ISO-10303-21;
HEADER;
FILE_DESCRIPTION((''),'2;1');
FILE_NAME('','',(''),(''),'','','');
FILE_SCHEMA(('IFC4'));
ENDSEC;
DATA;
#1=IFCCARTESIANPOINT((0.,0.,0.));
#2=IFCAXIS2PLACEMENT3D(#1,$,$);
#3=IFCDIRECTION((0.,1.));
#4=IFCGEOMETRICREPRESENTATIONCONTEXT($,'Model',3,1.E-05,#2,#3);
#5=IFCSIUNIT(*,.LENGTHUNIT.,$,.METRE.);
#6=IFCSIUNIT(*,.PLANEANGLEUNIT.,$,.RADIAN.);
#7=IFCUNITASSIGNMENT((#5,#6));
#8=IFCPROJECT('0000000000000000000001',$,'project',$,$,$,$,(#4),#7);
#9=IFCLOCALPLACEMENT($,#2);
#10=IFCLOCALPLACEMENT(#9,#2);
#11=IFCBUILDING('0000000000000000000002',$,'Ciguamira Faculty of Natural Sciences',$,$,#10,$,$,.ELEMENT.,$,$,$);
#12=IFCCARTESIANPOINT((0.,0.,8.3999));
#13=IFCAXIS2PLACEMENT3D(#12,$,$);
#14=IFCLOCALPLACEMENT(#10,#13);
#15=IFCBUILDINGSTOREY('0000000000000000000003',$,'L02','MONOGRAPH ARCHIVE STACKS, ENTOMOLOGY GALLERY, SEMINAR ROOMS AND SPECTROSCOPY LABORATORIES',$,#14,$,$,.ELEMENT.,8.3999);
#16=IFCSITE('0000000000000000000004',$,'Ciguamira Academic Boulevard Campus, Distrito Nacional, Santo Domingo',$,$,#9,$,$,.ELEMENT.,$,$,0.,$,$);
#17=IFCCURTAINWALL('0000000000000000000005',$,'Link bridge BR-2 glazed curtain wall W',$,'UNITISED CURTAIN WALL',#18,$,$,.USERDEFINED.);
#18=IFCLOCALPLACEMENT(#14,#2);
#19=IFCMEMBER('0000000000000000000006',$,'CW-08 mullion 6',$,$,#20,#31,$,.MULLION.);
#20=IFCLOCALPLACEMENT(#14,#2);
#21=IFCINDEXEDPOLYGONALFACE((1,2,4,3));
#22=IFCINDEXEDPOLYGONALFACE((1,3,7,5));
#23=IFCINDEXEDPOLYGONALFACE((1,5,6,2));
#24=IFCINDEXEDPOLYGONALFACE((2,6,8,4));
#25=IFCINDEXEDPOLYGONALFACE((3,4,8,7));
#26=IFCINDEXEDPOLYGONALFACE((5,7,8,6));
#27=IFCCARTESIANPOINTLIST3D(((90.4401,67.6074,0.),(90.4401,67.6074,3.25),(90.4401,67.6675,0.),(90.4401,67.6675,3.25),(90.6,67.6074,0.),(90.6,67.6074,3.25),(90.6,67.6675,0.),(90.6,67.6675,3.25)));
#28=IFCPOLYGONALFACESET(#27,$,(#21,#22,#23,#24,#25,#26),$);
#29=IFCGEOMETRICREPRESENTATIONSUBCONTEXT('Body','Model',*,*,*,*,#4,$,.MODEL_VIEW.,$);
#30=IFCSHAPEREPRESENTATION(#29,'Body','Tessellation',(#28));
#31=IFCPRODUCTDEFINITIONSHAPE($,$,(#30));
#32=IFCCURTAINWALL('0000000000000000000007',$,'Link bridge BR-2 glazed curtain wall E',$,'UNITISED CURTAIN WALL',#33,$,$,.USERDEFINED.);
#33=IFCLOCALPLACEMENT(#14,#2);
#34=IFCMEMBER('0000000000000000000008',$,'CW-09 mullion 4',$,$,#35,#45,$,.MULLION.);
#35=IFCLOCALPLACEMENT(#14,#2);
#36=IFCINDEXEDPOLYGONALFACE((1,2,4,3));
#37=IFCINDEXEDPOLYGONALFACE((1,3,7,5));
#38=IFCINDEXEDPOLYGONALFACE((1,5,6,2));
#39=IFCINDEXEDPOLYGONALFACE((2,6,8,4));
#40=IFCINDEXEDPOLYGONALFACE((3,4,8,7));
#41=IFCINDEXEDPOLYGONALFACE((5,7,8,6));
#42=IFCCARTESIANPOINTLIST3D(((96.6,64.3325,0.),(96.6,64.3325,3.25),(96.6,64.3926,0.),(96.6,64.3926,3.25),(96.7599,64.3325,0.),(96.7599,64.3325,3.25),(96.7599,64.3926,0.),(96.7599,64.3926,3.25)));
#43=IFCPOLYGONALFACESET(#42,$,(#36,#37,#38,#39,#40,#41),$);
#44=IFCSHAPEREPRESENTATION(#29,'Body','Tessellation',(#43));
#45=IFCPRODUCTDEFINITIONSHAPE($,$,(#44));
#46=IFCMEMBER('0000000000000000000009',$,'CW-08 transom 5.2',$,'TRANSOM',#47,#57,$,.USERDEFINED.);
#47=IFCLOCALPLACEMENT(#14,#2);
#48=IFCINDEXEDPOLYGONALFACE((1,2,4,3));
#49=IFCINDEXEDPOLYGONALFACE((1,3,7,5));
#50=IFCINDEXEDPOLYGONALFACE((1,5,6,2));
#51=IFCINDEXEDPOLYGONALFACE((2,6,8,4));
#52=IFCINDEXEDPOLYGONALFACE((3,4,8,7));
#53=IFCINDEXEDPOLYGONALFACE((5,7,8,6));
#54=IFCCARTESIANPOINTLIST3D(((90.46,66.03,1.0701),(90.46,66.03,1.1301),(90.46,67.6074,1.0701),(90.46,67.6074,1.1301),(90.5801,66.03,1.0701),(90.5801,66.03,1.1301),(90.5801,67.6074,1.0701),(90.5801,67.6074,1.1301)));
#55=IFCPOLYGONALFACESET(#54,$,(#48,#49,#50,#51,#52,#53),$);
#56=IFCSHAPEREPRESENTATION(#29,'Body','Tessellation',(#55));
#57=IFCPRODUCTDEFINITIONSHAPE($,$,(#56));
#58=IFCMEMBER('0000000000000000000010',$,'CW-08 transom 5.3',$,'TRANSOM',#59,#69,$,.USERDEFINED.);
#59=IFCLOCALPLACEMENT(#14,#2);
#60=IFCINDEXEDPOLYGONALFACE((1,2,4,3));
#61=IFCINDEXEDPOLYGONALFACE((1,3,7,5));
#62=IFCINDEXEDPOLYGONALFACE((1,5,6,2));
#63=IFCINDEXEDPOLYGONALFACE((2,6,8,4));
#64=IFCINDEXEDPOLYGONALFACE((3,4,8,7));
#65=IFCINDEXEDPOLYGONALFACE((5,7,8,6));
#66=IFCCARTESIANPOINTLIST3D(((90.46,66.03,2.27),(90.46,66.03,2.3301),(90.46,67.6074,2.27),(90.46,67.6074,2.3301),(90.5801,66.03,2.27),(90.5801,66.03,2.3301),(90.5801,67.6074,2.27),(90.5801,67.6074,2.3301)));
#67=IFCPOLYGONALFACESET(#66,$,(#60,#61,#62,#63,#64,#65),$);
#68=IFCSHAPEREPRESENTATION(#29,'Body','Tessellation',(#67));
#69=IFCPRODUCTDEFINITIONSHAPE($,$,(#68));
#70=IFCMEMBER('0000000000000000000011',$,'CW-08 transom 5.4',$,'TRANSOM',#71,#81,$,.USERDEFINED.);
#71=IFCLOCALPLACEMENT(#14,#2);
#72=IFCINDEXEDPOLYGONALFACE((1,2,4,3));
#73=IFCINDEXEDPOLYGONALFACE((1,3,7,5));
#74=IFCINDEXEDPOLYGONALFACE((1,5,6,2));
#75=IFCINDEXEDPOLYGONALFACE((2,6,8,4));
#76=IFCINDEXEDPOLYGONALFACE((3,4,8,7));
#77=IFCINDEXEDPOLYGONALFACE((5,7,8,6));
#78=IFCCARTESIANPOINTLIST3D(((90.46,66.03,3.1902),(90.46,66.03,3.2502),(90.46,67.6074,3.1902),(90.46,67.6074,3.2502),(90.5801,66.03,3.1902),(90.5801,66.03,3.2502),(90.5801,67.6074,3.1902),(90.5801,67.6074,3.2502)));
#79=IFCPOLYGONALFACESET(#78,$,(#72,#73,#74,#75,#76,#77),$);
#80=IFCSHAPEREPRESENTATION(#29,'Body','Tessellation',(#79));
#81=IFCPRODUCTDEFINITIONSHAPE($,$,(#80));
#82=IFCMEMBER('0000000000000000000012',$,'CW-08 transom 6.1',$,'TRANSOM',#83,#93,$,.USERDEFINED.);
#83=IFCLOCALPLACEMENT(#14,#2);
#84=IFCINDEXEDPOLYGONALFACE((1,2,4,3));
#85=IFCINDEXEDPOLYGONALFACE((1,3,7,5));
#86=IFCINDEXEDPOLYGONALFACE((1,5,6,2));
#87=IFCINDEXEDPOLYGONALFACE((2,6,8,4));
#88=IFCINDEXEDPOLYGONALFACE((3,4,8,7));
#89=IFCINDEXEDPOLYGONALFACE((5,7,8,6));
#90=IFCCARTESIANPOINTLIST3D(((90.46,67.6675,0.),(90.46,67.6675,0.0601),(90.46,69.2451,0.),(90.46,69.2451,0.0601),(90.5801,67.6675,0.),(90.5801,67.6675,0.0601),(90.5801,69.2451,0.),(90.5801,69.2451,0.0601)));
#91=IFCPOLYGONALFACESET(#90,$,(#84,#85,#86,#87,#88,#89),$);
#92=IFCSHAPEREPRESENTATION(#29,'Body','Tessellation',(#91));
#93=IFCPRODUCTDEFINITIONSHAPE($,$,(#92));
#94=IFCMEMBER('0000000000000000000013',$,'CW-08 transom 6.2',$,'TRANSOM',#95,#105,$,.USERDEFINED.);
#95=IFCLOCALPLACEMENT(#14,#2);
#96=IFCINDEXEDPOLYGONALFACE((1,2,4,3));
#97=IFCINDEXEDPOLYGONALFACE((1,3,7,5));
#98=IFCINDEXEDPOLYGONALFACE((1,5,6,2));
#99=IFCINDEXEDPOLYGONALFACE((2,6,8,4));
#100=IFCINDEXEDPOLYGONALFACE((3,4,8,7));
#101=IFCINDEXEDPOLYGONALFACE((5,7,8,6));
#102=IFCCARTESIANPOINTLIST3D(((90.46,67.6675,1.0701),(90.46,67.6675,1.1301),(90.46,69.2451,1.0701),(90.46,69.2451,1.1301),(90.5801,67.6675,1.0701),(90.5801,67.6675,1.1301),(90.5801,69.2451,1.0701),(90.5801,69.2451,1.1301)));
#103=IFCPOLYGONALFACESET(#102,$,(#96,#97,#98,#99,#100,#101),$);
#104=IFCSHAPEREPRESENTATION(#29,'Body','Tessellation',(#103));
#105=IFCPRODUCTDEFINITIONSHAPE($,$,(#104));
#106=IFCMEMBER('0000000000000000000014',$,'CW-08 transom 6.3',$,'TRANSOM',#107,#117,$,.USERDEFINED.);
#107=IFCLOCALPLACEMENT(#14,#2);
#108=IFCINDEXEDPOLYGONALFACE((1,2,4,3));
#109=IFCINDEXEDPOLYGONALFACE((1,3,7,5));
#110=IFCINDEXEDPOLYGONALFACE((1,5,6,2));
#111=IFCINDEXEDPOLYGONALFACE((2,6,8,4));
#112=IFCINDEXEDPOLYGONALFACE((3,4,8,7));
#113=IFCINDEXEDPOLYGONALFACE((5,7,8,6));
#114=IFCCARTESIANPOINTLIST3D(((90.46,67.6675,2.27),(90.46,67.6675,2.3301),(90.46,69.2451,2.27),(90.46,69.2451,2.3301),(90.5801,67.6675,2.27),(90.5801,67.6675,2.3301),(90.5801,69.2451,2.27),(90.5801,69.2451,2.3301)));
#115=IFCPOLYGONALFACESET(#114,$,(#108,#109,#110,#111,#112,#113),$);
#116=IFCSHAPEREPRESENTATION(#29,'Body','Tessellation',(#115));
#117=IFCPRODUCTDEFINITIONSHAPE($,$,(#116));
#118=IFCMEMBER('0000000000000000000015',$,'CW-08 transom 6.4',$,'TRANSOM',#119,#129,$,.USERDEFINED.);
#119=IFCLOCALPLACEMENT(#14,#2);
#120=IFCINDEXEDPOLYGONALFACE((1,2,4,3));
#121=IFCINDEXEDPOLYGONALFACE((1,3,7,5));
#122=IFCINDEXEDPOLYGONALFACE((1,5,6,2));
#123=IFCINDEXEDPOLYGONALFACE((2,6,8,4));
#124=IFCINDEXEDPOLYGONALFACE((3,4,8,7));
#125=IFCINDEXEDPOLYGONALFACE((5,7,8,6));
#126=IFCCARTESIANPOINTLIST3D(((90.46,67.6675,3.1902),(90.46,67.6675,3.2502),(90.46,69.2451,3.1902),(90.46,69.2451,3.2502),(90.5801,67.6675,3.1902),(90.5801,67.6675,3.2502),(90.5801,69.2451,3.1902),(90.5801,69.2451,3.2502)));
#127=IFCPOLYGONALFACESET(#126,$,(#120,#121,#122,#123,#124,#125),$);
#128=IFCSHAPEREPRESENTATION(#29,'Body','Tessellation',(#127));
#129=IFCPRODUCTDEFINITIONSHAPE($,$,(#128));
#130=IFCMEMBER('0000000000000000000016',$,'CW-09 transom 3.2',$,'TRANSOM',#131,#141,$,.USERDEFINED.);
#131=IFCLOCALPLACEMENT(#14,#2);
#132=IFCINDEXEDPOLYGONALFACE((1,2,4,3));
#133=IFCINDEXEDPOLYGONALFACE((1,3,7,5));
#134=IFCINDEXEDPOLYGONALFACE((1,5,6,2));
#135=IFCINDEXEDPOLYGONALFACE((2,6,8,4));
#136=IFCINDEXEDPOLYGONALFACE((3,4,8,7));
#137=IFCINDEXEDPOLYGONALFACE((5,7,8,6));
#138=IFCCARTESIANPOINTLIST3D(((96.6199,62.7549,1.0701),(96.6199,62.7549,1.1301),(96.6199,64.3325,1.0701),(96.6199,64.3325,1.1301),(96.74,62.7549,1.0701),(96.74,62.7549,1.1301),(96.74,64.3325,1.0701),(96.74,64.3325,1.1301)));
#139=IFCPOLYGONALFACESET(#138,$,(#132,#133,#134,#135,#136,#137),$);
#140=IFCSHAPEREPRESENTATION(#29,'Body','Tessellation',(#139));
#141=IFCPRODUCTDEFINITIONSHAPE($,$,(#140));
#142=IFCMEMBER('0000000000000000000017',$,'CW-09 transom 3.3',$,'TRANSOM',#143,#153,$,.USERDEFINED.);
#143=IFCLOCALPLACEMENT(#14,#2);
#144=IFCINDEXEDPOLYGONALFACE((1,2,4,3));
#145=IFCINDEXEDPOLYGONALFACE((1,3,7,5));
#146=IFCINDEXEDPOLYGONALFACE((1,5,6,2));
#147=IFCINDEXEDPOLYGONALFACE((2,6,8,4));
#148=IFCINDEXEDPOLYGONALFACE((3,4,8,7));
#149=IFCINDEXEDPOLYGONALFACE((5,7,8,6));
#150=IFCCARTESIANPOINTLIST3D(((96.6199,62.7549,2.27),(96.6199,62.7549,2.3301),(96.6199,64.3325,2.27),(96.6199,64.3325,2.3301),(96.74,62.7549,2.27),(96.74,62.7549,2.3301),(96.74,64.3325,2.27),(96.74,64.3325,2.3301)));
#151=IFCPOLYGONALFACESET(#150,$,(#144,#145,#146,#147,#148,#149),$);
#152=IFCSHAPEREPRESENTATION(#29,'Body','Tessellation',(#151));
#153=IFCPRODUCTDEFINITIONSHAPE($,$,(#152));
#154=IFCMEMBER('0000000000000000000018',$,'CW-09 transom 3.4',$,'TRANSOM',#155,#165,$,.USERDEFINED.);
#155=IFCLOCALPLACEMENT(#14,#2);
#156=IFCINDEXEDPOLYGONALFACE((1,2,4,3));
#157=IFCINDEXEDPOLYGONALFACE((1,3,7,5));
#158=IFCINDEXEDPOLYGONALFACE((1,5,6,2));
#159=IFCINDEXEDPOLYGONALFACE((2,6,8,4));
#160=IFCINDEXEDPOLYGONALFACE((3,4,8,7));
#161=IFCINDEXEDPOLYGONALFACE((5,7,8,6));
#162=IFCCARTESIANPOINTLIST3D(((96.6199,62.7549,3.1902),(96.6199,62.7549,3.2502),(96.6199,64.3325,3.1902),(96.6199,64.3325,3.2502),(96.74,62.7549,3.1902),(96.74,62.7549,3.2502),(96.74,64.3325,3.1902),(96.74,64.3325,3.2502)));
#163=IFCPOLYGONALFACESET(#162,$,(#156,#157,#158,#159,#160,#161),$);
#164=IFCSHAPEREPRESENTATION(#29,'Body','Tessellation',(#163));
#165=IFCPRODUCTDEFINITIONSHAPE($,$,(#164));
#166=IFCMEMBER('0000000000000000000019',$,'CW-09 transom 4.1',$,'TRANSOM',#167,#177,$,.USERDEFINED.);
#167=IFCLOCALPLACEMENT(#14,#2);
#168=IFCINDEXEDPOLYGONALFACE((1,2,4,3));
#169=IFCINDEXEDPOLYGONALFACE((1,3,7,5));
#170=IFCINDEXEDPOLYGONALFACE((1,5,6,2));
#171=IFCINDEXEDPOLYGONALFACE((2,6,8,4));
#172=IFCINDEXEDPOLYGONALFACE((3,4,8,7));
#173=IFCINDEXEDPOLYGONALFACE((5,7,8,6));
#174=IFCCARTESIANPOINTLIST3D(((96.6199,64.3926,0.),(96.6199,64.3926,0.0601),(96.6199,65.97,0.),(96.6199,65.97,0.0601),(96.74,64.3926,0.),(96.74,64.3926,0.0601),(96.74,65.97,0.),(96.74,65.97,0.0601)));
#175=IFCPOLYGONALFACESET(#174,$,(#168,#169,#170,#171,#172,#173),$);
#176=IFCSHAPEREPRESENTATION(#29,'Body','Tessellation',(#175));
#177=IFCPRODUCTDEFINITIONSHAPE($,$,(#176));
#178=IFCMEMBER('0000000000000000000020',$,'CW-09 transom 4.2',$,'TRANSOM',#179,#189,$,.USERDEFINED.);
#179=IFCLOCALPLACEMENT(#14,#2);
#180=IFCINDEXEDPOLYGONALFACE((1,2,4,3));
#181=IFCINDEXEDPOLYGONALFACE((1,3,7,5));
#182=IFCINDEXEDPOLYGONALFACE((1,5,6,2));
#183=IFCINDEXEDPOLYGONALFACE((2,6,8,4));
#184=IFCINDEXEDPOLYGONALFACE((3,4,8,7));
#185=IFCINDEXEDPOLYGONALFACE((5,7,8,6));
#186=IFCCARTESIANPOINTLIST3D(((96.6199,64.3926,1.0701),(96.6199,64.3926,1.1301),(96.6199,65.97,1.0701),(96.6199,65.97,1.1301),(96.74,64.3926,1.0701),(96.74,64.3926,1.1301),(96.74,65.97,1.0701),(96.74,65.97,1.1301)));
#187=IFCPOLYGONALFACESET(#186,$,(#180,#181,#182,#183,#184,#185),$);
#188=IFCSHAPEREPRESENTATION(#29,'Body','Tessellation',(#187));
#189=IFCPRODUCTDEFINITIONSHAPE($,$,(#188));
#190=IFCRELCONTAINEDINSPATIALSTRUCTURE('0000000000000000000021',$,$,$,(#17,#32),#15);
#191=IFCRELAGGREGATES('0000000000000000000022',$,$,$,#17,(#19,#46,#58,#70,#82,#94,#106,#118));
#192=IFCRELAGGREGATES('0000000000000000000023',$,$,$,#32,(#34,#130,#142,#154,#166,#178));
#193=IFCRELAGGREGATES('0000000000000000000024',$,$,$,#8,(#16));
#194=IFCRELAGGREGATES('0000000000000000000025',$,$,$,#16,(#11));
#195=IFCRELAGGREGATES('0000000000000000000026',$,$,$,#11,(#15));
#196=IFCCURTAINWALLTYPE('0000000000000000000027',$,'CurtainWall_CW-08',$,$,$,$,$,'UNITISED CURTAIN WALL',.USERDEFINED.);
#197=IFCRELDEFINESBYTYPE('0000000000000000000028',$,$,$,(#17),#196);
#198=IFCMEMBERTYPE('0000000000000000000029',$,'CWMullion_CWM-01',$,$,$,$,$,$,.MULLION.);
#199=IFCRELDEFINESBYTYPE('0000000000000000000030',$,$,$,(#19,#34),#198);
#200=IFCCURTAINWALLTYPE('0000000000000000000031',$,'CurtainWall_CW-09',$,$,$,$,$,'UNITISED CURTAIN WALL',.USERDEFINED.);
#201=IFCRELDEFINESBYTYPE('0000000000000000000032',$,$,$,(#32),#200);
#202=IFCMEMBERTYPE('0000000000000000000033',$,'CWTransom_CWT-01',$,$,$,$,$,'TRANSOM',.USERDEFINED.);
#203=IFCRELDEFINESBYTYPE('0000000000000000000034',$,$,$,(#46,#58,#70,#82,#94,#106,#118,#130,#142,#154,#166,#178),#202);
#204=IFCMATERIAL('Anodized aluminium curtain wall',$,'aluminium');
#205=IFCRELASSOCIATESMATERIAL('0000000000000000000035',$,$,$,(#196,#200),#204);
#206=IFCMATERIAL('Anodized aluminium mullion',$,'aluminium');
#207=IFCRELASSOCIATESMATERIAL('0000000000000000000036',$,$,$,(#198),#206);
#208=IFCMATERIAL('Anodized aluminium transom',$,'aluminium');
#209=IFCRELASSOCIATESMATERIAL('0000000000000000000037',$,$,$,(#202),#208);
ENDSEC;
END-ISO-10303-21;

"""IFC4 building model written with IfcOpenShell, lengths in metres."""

from ifc_helpers import new_model, si_unit, direction, frame, origin, origin_2d, place, context, subcontext, project, spatial, rectangle, extrude, material, material_profile, profile_set, type_object, element, aggregate, save


model = new_model("IFC4")

# Units and contexts
model_context = context("Model", 3, precision=1e-05, world=origin(), true_north=direction((0.0, 1.0)))
body_context = subcontext(model_context, "Body", "Model", "MODEL_VIEW")
ifc_project = project(units=[si_unit("LENGTHUNIT", "METRE"), si_unit("PLANEANGLEUNIT", "RADIAN")], contexts=[model_context])

# Site, building, storey
site_placement = place(None, origin())
site = spatial("IfcSite", under=ifc_project, at=site_placement, Name="Ciguamira Academic Boulevard Campus, Distrito Nacional, Santo Domingo", CompositionType="ELEMENT", RefElevation=0.0)
building_placement = place(site_placement, origin())
building = spatial("IfcBuilding", under=site, at=building_placement, Name="Ciguamira Faculty of Natural Sciences", CompositionType="ELEMENT")
storey_placement = place(building_placement, frame((0.0, 0.0, 8.3999)))
storey = spatial("IfcBuildingStorey", under=building, at=storey_placement, Name="L02", Description="MONOGRAPH ARCHIVE STACKS, ENTOMOLOGY GALLERY, SEMINAR ROOMS AND SPECTROSCOPY LABORATORIES", CompositionType="ELEMENT", Elevation=8.3999)

# Curtain walls, members
ifc_material_1 = material(Name="Anodized aluminium curtain wall", Category="aluminium")
curtain_wall_type_1 = type_object("IfcCurtainWallType", Name="CurtainWall_CW-08", ElementType="UNITISED CURTAIN WALL", PredefinedType="USERDEFINED", material=ifc_material_1)
curtain_wall_1_placement = place(storey_placement, origin())
curtain_wall_1 = element("IfcCurtainWall", 1, at=curtain_wall_1_placement, inside=storey, type_object=curtain_wall_type_1, Name="Link bridge BR-2 glazed curtain wall W", ObjectType="UNITISED CURTAIN WALL", PredefinedType="USERDEFINED")
ifc_material_2 = material(Name="Anodized aluminium mullion", Category="aluminium")
ifc_material_profile_1 = material_profile(ifc_material_2, rectangle(XDim=0.0601, YDim=0.1599, at=origin_2d()), Name="ALU-MUL-60X160")
ifc_profile_set_1 = profile_set([ifc_material_profile_1], Name="Anodized aluminium mullion")
member_type_1 = type_object("IfcMemberType", Name="CWMullion_CWM-01", PredefinedType="MULLION", material=ifc_profile_set_1)
member_1_placement = place(storey_placement, frame((90.52, 67.6375, 0.0), z_axis=(0.0, 0.0, 1.0), x_axis=(0.0, 1.0, 0.0)))
member_1 = element("IfcMember", 2, at=member_1_placement, type_object=member_type_1, Name="CW-08 mullion 6", PredefinedType="MULLION", context=body_context, shape_type="SweptSolid", body=[
    extrude(rectangle(XDim=0.0601, YDim=0.1599, at=origin_2d()), origin(), (0.0, 0.0, 1.0), 3.25),
])
curtain_wall_type_2 = type_object("IfcCurtainWallType", Name="CurtainWall_CW-09", ElementType="UNITISED CURTAIN WALL", PredefinedType="USERDEFINED", material=ifc_material_1)
curtain_wall_2_placement = place(storey_placement, origin())
curtain_wall_2 = element("IfcCurtainWall", 3, at=curtain_wall_2_placement, inside=storey, type_object=curtain_wall_type_2, Name="Link bridge BR-2 glazed curtain wall E", ObjectType="UNITISED CURTAIN WALL", PredefinedType="USERDEFINED")
member_2_placement = place(storey_placement, frame((96.6799, 64.3625, 0.0), z_axis=(0.0, 0.0, 1.0), x_axis=(0.0, 1.0, 0.0)))
member_2 = element("IfcMember", 4, at=member_2_placement, type_object=member_type_1, Name="CW-09 mullion 4", PredefinedType="MULLION", context=body_context, shape_type="SweptSolid", body=[
    extrude(rectangle(XDim=0.0601, YDim=0.1599, at=origin_2d()), origin(), (0.0, 0.0, 1.0), 3.25),
])

# Members
ifc_material_3 = material(Name="Anodized aluminium transom", Category="aluminium")
ifc_material_profile_2 = material_profile(ifc_material_3, rectangle(XDim=0.0601, YDim=0.1201, at=origin_2d()), Name="ALU-TRN-60X120")
ifc_profile_set_2 = profile_set([ifc_material_profile_2], Name="Anodized aluminium transom")
member_type_2 = type_object("IfcMemberType", Name="CWTransom_CWT-01", ElementType="TRANSOM", PredefinedType="USERDEFINED", material=ifc_profile_set_2)
member_3_placement = place(storey_placement, frame((90.52, 66.03, 1.1001), z_axis=(0.0, 1.0, 0.0), x_axis=(0.0, 0.0, 1.0)))
member_3 = element("IfcMember", 5, at=member_3_placement, type_object=member_type_2, Name="CW-08 transom 5.2", ObjectType="TRANSOM", PredefinedType="USERDEFINED", context=body_context, shape_type="SweptSolid", body=[
    extrude(rectangle(XDim=0.0601, YDim=0.1201, at=origin_2d()), origin(), (0.0, 0.0, 1.0), 1.5774),
])
member_4_placement = place(storey_placement, frame((90.52, 66.03, 2.3), z_axis=(0.0, 1.0, 0.0), x_axis=(0.0, 0.0, 1.0)))
member_4 = element("IfcMember", 6, at=member_4_placement, type_object=member_type_2, Name="CW-08 transom 5.3", ObjectType="TRANSOM", PredefinedType="USERDEFINED", context=body_context, shape_type="SweptSolid", body=[
    extrude(rectangle(XDim=0.0601, YDim=0.1201, at=origin_2d()), origin(), (0.0, 0.0, 1.0), 1.5774),
])
member_5_placement = place(storey_placement, frame((90.52, 66.03, 3.2202), z_axis=(0.0, 1.0, 0.0), x_axis=(0.0, 0.0, 1.0)))
member_5 = element("IfcMember", 7, at=member_5_placement, type_object=member_type_2, Name="CW-08 transom 5.4", ObjectType="TRANSOM", PredefinedType="USERDEFINED", context=body_context, shape_type="SweptSolid", body=[
    extrude(rectangle(XDim=0.0601, YDim=0.1201, at=origin_2d()), origin(), (0.0, 0.0, 1.0), 1.5774),
])
member_6_placement = place(storey_placement, frame((90.52, 67.6675, 0.03), z_axis=(0.0, 1.0, 0.0), x_axis=(0.0, 0.0, 1.0)))
member_6 = element("IfcMember", 8, at=member_6_placement, type_object=member_type_2, Name="CW-08 transom 6.1", ObjectType="TRANSOM", PredefinedType="USERDEFINED", context=body_context, shape_type="SweptSolid", body=[
    extrude(rectangle(XDim=0.0601, YDim=0.1201, at=origin_2d()), origin(), (0.0, 0.0, 1.0), 1.5776),
])
member_7_placement = place(storey_placement, frame((90.52, 67.6675, 1.1001), z_axis=(0.0, 1.0, 0.0), x_axis=(0.0, 0.0, 1.0)))
member_7 = element("IfcMember", 9, at=member_7_placement, type_object=member_type_2, Name="CW-08 transom 6.2", ObjectType="TRANSOM", PredefinedType="USERDEFINED", context=body_context, shape_type="SweptSolid", body=[
    extrude(rectangle(XDim=0.0601, YDim=0.1201, at=origin_2d()), origin(), (0.0, 0.0, 1.0), 1.5776),
])
member_8_placement = place(storey_placement, frame((90.52, 67.6675, 2.3), z_axis=(0.0, 1.0, 0.0), x_axis=(0.0, 0.0, 1.0)))
member_8 = element("IfcMember", 10, at=member_8_placement, type_object=member_type_2, Name="CW-08 transom 6.3", ObjectType="TRANSOM", PredefinedType="USERDEFINED", context=body_context, shape_type="SweptSolid", body=[
    extrude(rectangle(XDim=0.0601, YDim=0.1201, at=origin_2d()), origin(), (0.0, 0.0, 1.0), 1.5776),
])
member_9_placement = place(storey_placement, frame((90.52, 67.6675, 3.2202), z_axis=(0.0, 1.0, 0.0), x_axis=(0.0, 0.0, 1.0)))
member_9 = element("IfcMember", 11, at=member_9_placement, type_object=member_type_2, Name="CW-08 transom 6.4", ObjectType="TRANSOM", PredefinedType="USERDEFINED", context=body_context, shape_type="SweptSolid", body=[
    extrude(rectangle(XDim=0.0601, YDim=0.1201, at=origin_2d()), origin(), (0.0, 0.0, 1.0), 1.5776),
])
member_10_placement = place(storey_placement, frame((96.6799, 62.7549, 1.1001), z_axis=(0.0, 1.0, 0.0), x_axis=(0.0, 0.0, 1.0)))
member_10 = element("IfcMember", 12, at=member_10_placement, type_object=member_type_2, Name="CW-09 transom 3.2", ObjectType="TRANSOM", PredefinedType="USERDEFINED", context=body_context, shape_type="SweptSolid", body=[
    extrude(rectangle(XDim=0.0601, YDim=0.1201, at=origin_2d()), origin(), (0.0, 0.0, 1.0), 1.5776),
])
member_11_placement = place(storey_placement, frame((96.6799, 62.7549, 2.3), z_axis=(0.0, 1.0, 0.0), x_axis=(0.0, 0.0, 1.0)))
member_11 = element("IfcMember", 13, at=member_11_placement, type_object=member_type_2, Name="CW-09 transom 3.3", ObjectType="TRANSOM", PredefinedType="USERDEFINED", context=body_context, shape_type="SweptSolid", body=[
    extrude(rectangle(XDim=0.0601, YDim=0.1201, at=origin_2d()), origin(), (0.0, 0.0, 1.0), 1.5776),
])
member_12_placement = place(storey_placement, frame((96.6799, 62.7549, 3.2202), z_axis=(0.0, 1.0, 0.0), x_axis=(0.0, 0.0, 1.0)))
member_12 = element("IfcMember", 14, at=member_12_placement, type_object=member_type_2, Name="CW-09 transom 3.4", ObjectType="TRANSOM", PredefinedType="USERDEFINED", context=body_context, shape_type="SweptSolid", body=[
    extrude(rectangle(XDim=0.0601, YDim=0.1201, at=origin_2d()), origin(), (0.0, 0.0, 1.0), 1.5776),
])
member_13_placement = place(storey_placement, frame((96.6799, 64.3926, 0.03), z_axis=(0.0, 1.0, 0.0), x_axis=(0.0, 0.0, 1.0)))
member_13 = element("IfcMember", 15, at=member_13_placement, type_object=member_type_2, Name="CW-09 transom 4.1", ObjectType="TRANSOM", PredefinedType="USERDEFINED", context=body_context, shape_type="SweptSolid", body=[
    extrude(rectangle(XDim=0.0601, YDim=0.1201, at=origin_2d()), origin(), (0.0, 0.0, 1.0), 1.5774),
])
member_14_placement = place(storey_placement, frame((96.6799, 64.3926, 1.1001), z_axis=(0.0, 1.0, 0.0), x_axis=(0.0, 0.0, 1.0)))
member_14 = element("IfcMember", 16, at=member_14_placement, type_object=member_type_2, Name="CW-09 transom 4.2", ObjectType="TRANSOM", PredefinedType="USERDEFINED", context=body_context, shape_type="SweptSolid", body=[
    extrude(rectangle(XDim=0.0601, YDim=0.1201, at=origin_2d()), origin(), (0.0, 0.0, 1.0), 1.5774),
])

aggregate(curtain_wall_1, [member_1, member_3, member_4, member_5, member_6, member_7, member_8, member_9])
aggregate(curtain_wall_2, [member_2, member_10, member_11, member_12, member_13, member_14])

save(model, "model.ifc")
